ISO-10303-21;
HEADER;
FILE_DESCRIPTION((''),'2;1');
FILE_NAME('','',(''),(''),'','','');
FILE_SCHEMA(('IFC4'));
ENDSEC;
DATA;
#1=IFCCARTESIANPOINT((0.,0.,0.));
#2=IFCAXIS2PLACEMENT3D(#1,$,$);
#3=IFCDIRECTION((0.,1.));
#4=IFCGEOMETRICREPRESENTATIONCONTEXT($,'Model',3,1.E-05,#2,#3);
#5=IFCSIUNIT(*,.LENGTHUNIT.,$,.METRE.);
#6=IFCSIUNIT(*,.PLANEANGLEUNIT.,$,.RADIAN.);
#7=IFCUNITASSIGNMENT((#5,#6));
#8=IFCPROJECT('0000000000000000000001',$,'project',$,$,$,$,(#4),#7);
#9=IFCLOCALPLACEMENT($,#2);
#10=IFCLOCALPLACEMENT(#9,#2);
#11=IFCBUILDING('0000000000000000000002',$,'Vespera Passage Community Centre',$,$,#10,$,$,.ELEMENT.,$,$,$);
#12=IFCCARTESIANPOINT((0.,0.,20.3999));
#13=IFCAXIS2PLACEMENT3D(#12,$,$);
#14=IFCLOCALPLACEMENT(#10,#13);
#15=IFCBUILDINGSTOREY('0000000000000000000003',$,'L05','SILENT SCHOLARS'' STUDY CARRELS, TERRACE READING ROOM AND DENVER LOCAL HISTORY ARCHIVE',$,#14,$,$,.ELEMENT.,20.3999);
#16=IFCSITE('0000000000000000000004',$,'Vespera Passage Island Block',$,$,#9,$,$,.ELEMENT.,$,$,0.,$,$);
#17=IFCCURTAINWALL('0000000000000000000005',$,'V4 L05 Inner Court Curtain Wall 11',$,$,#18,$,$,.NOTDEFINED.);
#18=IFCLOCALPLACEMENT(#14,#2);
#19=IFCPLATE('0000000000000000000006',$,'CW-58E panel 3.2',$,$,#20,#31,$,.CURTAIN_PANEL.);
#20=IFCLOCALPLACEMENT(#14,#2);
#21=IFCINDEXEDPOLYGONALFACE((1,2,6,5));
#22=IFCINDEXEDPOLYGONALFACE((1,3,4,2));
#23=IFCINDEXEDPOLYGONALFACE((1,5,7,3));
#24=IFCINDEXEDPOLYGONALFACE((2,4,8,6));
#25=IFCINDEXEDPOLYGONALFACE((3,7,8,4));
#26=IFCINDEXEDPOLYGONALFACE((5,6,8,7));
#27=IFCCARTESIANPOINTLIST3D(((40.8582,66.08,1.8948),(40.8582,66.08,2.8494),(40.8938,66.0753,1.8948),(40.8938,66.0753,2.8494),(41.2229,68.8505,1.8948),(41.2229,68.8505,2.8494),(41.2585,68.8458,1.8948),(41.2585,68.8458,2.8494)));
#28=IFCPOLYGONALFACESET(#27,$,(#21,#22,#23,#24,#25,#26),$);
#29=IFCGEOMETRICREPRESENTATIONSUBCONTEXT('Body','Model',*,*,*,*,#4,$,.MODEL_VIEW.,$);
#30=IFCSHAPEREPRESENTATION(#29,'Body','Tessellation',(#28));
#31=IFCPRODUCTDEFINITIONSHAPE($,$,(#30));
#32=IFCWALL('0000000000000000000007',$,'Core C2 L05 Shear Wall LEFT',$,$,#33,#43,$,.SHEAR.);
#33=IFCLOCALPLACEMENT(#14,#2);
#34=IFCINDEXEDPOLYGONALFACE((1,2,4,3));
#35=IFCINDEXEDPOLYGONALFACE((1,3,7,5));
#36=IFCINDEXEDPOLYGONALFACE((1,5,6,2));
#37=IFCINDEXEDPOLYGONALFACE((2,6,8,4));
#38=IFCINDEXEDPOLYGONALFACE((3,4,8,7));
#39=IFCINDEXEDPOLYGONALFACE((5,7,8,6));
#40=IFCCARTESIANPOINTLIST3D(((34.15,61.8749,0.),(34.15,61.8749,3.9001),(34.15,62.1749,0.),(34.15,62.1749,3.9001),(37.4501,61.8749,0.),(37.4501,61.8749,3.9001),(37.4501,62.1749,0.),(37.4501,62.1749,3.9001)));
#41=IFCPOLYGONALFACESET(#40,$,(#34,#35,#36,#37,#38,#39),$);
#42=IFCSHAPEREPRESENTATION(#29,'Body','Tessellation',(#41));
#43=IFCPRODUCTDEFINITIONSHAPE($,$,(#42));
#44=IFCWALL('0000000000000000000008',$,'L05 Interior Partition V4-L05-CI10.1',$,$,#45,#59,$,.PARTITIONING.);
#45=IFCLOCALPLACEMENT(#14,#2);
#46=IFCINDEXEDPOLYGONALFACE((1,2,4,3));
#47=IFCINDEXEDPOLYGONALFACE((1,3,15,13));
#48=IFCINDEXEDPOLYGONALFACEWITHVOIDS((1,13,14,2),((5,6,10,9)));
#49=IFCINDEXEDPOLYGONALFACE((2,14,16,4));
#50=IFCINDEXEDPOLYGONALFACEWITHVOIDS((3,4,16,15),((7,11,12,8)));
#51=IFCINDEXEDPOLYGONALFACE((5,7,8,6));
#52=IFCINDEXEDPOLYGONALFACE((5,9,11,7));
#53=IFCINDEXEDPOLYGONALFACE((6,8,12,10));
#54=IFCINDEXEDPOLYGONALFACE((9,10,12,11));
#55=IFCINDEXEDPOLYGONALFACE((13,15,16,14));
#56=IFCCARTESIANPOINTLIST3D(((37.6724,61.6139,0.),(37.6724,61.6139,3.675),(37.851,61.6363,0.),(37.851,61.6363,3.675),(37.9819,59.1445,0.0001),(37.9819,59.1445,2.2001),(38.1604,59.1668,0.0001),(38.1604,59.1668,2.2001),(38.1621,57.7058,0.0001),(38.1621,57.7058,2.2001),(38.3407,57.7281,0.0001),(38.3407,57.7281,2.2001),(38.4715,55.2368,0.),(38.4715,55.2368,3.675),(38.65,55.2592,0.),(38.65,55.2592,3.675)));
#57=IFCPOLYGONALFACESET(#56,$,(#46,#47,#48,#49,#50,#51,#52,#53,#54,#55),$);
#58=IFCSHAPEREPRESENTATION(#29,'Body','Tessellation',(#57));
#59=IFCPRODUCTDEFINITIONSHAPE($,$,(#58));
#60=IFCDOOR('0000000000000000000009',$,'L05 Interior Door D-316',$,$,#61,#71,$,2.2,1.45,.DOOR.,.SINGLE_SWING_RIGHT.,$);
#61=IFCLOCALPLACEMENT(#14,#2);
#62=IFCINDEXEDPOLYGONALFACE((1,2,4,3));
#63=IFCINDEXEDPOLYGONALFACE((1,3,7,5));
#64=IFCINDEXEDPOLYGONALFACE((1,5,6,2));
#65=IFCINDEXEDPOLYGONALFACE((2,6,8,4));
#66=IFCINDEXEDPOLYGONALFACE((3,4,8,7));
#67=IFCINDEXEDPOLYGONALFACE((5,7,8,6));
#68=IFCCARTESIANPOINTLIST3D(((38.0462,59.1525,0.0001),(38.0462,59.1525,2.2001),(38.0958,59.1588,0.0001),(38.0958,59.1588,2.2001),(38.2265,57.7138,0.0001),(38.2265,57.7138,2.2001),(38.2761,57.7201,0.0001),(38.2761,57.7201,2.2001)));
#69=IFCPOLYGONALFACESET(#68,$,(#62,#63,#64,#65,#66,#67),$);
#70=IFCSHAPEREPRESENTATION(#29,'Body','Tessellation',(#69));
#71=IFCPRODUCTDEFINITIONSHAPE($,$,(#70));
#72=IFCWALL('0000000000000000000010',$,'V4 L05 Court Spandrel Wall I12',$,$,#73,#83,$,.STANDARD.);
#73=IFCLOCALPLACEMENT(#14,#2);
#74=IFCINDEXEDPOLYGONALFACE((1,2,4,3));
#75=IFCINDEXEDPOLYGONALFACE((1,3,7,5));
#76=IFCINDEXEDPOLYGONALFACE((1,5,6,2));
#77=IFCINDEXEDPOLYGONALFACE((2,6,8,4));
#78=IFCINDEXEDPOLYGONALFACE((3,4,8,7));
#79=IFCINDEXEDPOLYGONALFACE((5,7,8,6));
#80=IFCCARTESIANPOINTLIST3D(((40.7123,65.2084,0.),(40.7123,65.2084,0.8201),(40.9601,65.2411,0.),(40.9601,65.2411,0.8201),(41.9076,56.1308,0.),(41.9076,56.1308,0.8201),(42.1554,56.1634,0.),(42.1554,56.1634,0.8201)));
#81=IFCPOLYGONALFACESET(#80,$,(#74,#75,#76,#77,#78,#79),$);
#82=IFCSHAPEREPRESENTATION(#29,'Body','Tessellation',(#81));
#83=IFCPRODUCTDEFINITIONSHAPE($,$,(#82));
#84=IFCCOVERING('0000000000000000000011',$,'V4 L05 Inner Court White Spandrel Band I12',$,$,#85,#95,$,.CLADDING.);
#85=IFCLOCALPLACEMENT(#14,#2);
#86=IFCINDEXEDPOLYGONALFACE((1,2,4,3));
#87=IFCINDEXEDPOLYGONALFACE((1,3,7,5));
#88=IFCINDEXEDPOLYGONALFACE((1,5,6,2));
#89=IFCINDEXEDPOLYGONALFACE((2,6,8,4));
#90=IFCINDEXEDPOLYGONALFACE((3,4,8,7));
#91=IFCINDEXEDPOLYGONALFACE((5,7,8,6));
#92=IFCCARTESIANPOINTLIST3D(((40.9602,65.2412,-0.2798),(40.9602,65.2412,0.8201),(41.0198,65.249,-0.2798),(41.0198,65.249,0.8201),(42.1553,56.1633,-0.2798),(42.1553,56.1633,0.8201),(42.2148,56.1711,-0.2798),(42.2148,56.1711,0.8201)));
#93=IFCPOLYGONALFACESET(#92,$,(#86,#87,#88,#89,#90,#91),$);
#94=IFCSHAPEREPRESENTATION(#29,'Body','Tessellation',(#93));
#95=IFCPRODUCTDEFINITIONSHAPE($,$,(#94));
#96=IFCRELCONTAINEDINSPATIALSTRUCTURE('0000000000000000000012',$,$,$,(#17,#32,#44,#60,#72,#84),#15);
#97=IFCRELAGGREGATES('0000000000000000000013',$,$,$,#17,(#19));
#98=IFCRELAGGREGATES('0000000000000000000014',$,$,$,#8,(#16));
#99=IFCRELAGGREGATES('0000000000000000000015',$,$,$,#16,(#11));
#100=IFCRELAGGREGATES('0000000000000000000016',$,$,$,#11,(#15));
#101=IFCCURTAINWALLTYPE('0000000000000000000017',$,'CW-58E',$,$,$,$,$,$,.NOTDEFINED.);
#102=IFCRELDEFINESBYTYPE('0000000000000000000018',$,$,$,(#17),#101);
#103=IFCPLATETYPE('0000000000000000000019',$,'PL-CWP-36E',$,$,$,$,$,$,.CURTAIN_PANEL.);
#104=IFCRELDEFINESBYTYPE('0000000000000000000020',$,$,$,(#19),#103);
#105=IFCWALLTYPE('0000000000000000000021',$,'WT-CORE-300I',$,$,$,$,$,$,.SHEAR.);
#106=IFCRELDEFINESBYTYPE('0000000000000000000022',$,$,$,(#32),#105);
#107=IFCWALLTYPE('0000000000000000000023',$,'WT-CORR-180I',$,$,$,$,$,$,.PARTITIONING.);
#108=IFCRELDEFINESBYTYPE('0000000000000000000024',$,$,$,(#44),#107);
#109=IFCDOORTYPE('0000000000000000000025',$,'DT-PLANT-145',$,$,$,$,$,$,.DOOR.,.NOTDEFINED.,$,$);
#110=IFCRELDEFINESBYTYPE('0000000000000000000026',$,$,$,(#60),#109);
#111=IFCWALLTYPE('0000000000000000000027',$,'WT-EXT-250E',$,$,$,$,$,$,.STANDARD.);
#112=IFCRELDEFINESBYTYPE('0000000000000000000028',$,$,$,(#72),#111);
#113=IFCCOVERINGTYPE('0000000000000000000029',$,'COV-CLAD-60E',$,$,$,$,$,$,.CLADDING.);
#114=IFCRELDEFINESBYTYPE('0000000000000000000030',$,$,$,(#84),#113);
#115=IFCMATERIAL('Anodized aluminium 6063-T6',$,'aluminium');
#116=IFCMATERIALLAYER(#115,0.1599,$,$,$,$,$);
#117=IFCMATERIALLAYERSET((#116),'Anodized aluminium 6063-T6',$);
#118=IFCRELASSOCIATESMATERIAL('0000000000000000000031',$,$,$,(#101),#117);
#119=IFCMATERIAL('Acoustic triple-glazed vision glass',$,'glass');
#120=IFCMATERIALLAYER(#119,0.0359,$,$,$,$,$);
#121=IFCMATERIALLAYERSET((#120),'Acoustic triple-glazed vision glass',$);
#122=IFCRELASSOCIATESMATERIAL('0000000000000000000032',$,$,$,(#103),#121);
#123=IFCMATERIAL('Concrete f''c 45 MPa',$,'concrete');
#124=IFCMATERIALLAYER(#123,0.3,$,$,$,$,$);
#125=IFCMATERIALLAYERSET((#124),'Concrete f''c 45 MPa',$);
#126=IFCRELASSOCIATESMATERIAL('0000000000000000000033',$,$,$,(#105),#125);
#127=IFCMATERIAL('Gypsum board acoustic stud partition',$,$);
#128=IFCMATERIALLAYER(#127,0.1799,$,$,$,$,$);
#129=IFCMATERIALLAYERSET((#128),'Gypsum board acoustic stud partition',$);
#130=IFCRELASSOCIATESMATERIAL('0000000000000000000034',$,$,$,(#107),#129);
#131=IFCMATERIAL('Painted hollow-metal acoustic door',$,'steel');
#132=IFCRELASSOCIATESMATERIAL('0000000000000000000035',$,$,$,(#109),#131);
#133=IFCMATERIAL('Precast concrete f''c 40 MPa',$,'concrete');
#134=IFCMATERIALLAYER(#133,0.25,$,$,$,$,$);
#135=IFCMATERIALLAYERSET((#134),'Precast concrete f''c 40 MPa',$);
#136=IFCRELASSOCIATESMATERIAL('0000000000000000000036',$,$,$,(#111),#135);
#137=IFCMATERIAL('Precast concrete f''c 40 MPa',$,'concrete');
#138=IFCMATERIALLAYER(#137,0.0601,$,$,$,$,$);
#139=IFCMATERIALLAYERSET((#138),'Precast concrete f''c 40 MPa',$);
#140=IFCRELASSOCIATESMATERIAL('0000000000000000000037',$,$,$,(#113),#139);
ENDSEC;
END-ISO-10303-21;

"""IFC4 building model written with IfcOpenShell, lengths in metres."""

from ifc_helpers import new_model, si_unit, direction, frame, frame_2d, origin, origin_2d, place, context, subcontext, project, spatial, rectangle, extrude, material, layer, layer_set, type_object, element, fill, aggregate, save


model = new_model("IFC4")

# Units and contexts
model_context = context("Model", 3, precision=1e-05, world=origin(), true_north=direction((0.0, 1.0)))
body_context = subcontext(model_context, "Body", "Model", "MODEL_VIEW")
ifc_project = project(units=[si_unit("LENGTHUNIT", "METRE"), si_unit("PLANEANGLEUNIT", "RADIAN")], contexts=[model_context])

# Site, building, storey
site_placement = place(None, origin())
site = spatial("IfcSite", under=ifc_project, at=site_placement, Name="Vespera Passage Island Block", CompositionType="ELEMENT", RefElevation=0.0)
building_placement = place(site_placement, origin())
building = spatial("IfcBuilding", under=site, at=building_placement, Name="Vespera Passage Community Centre", CompositionType="ELEMENT")
storey_placement = place(building_placement, frame((0.0, 0.0, 20.3999)))
storey = spatial("IfcBuildingStorey", under=building, at=storey_placement, Name="L05", Description="SILENT SCHOLARS' STUDY CARRELS, TERRACE READING ROOM AND DENVER LOCAL HISTORY ARCHIVE", CompositionType="ELEMENT", Elevation=20.3999)

# Curtain wall
ifc_material_1 = material(Name="Anodized aluminium 6063-T6", Category="aluminium")
ifc_layer_1 = layer(ifc_material_1, 0.1599)
ifc_layer_set_1 = layer_set([ifc_layer_1], Name="Anodized aluminium 6063-T6")
curtain_wall_type_1 = type_object("IfcCurtainWallType", Name="CW-58E", PredefinedType="NOTDEFINED", material=ifc_layer_set_1)
curtain_wall_1_placement = place(storey_placement, origin())
curtain_wall_1 = element("IfcCurtainWall", 1, at=curtain_wall_1_placement, inside=storey, type_object=curtain_wall_type_1, Name="V4 L05 Inner Court Curtain Wall 11", PredefinedType="NOTDEFINED")

# Plate
ifc_material_2 = material(Name="Acoustic triple-glazed vision glass", Category="glass")
ifc_layer_2 = layer(ifc_material_2, 0.0359)
ifc_layer_set_2 = layer_set([ifc_layer_2], Name="Acoustic triple-glazed vision glass")
plate_type_1 = type_object("IfcPlateType", Name="PL-CWP-36E", PredefinedType="CURTAIN_PANEL", material=ifc_layer_set_2)
plate_1_placement = place(storey_placement, frame((41.0583, 67.4629, 1.8948), z_axis=(0.0, 0.0, 1.0), x_axis=(-0.130522, -0.991445, 0.0)))
plate_1 = element("IfcPlate", 2, at=plate_1_placement, type_object=plate_type_1, Name="CW-58E panel 3.2", PredefinedType="CURTAIN_PANEL", context=body_context, shape_type="SweptSolid", body=[
    extrude(rectangle(XDim=2.7944, YDim=0.0359, at=origin_2d()), origin(), (0.0, 0.0, 1.0), 0.9546),
])
aggregate(curtain_wall_1, [plate_1])

# Shared definitions
ifc_material_3 = material(Name="Concrete f'c 45 MPa", Category="concrete")
ifc_layer_3 = layer(ifc_material_3, 0.3)
ifc_layer_set_3 = layer_set([ifc_layer_3], Name="Concrete f'c 45 MPa")
wall_type_1 = type_object("IfcWallType", Name="WT-CORE-300I", PredefinedType="SHEAR", material=ifc_layer_set_3)

# Wall
wall_1_placement = place(storey_placement, frame((37.45, 62.0249, 0.0), z_axis=(0.0, 0.0, 1.0), x_axis=(-1.0, 0.0, 0.0)))
element("IfcWall", 3, at=wall_1_placement, inside=storey, type_object=wall_type_1, Name="Core C2 L05 Shear Wall LEFT", PredefinedType="SHEAR", context=body_context, shape_type="SweptSolid", body=[
    extrude(rectangle(XDim=3.3, YDim=0.3, at=frame_2d((1.6499, 0.0))), origin(), (0.0, 0.0, 1.0), 3.9001),
])

# Wall, opening, door
ifc_material_4 = material(Name="Gypsum board acoustic stud partition")
ifc_layer_4 = layer(ifc_material_4, 0.1799)
ifc_layer_set_4 = layer_set([ifc_layer_4], Name="Gypsum board acoustic stud partition")
wall_type_2 = type_object("IfcWallType", Name="WT-CORR-180I", PredefinedType="PARTITIONING", material=ifc_layer_set_4)
wall_2_placement = place(storey_placement, frame((37.7617, 61.625, 0.0), z_axis=(0.0, 0.0, 1.0), x_axis=(0.124329, -0.992241, 0.0)))
wall_2 = element("IfcWall", 4, at=wall_2_placement, inside=storey, type_object=wall_type_2, Name="L05 Interior Partition V4-L05-CI10.1", PredefinedType="PARTITIONING", context=body_context, shape_type="SweptSolid", body=[
    extrude(rectangle(XDim=6.427, YDim=0.1799, at=frame_2d((3.2134, 0.0))), origin(), (0.0, 0.0, 1.0), 3.675),
])
opening_1_placement = place(wall_2_placement, frame((2.4885, 0.0, 0.0)))
opening_1 = element("IfcOpeningElement", 5, at=opening_1_placement, cuts=wall_2, PredefinedType="OPENING", context=body_context, shape_type="SweptSolid", body=[
    extrude(rectangle(XDim=1.45, YDim=2.2, at=frame_2d((0.7251, 1.1001))), frame((0.0, 0.0999, 0.0), z_axis=(0.0, -1.0, 0.0), x_axis=(1.0, 0.0, 0.0)), (0.0, 0.0, 1.0), 0.2),
])
ifc_material_5 = material(Name="Painted hollow-metal acoustic door", Category="steel")
door_type_1 = type_object("IfcDoorType", Name="DT-PLANT-145", OperationType="NOTDEFINED", PredefinedType="DOOR", material=ifc_material_5)
door_1_placement = place(opening_1_placement, origin())
door_1 = element("IfcDoor", 6, at=door_1_placement, inside=storey, type_object=door_type_1, Name="L05 Interior Door D-316", OperationType="SINGLE_SWING_RIGHT", OverallHeight=2.2, OverallWidth=1.45, PredefinedType="DOOR", context=body_context, shape_type="SweptSolid", body=[
    extrude(rectangle(XDim=1.45, YDim=2.2, at=frame_2d((0.7251, 1.1001))), frame((0.0, 0.0249, 0.0), z_axis=(0.0, -1.0, 0.0), x_axis=(1.0, 0.0, 0.0)), (0.0, 0.0, 1.0), 0.05),
])
fill(opening_1, door_1)

# Wall
ifc_material_6 = material(Name="Precast concrete f'c 40 MPa", Category="concrete")
ifc_layer_5 = layer(ifc_material_6, 0.25)
ifc_layer_set_5 = layer_set([ifc_layer_5], Name="Precast concrete f'c 40 MPa")
wall_type_3 = type_object("IfcWallType", Name="WT-EXT-250E", PredefinedType="STANDARD", material=ifc_layer_set_5)
wall_3_placement = place(storey_placement, frame((40.8362, 65.2249, 0.0), z_axis=(0.0, 0.0, 1.0), x_axis=(0.13055, -0.991442, 0.0)))
element("IfcWall", 7, at=wall_3_placement, inside=storey, type_object=wall_type_3, Name="V4 L05 Court Spandrel Wall I12", PredefinedType="STANDARD", context=body_context, shape_type="SweptSolid", body=[
    extrude(rectangle(XDim=9.156, YDim=0.25, at=frame_2d((4.5781, 0.0))), origin(), (0.0, 0.0, 1.0), 0.8201),
])

# Covering
ifc_material_7 = material(Name="Precast concrete f'c 40 MPa", Category="concrete")
ifc_layer_6 = layer(ifc_material_7, 0.0601)
ifc_layer_set_6 = layer_set([ifc_layer_6], Name="Precast concrete f'c 40 MPa")
covering_type = type_object("IfcCoveringType", Name="COV-CLAD-60E", PredefinedType="CLADDING", material=ifc_layer_set_6)
covering_placement = place(storey_placement, frame((40.99, 65.2451, -0.2798), z_axis=(0.0, 0.0, 1.0), x_axis=(0.13052, -0.991446, 0.0)))
element("IfcCovering", 8, at=covering_placement, inside=storey, type_object=covering_type, Name="V4 L05 Inner Court White Spandrel Band I12", PredefinedType="CLADDING", context=body_context, shape_type="SweptSolid", body=[
    extrude(rectangle(XDim=9.1562, YDim=0.0601, at=frame_2d((4.5781, 0.0))), origin(), (0.0, 0.0, 1.0), 1.0999),
])

save(model, "model.ifc")
